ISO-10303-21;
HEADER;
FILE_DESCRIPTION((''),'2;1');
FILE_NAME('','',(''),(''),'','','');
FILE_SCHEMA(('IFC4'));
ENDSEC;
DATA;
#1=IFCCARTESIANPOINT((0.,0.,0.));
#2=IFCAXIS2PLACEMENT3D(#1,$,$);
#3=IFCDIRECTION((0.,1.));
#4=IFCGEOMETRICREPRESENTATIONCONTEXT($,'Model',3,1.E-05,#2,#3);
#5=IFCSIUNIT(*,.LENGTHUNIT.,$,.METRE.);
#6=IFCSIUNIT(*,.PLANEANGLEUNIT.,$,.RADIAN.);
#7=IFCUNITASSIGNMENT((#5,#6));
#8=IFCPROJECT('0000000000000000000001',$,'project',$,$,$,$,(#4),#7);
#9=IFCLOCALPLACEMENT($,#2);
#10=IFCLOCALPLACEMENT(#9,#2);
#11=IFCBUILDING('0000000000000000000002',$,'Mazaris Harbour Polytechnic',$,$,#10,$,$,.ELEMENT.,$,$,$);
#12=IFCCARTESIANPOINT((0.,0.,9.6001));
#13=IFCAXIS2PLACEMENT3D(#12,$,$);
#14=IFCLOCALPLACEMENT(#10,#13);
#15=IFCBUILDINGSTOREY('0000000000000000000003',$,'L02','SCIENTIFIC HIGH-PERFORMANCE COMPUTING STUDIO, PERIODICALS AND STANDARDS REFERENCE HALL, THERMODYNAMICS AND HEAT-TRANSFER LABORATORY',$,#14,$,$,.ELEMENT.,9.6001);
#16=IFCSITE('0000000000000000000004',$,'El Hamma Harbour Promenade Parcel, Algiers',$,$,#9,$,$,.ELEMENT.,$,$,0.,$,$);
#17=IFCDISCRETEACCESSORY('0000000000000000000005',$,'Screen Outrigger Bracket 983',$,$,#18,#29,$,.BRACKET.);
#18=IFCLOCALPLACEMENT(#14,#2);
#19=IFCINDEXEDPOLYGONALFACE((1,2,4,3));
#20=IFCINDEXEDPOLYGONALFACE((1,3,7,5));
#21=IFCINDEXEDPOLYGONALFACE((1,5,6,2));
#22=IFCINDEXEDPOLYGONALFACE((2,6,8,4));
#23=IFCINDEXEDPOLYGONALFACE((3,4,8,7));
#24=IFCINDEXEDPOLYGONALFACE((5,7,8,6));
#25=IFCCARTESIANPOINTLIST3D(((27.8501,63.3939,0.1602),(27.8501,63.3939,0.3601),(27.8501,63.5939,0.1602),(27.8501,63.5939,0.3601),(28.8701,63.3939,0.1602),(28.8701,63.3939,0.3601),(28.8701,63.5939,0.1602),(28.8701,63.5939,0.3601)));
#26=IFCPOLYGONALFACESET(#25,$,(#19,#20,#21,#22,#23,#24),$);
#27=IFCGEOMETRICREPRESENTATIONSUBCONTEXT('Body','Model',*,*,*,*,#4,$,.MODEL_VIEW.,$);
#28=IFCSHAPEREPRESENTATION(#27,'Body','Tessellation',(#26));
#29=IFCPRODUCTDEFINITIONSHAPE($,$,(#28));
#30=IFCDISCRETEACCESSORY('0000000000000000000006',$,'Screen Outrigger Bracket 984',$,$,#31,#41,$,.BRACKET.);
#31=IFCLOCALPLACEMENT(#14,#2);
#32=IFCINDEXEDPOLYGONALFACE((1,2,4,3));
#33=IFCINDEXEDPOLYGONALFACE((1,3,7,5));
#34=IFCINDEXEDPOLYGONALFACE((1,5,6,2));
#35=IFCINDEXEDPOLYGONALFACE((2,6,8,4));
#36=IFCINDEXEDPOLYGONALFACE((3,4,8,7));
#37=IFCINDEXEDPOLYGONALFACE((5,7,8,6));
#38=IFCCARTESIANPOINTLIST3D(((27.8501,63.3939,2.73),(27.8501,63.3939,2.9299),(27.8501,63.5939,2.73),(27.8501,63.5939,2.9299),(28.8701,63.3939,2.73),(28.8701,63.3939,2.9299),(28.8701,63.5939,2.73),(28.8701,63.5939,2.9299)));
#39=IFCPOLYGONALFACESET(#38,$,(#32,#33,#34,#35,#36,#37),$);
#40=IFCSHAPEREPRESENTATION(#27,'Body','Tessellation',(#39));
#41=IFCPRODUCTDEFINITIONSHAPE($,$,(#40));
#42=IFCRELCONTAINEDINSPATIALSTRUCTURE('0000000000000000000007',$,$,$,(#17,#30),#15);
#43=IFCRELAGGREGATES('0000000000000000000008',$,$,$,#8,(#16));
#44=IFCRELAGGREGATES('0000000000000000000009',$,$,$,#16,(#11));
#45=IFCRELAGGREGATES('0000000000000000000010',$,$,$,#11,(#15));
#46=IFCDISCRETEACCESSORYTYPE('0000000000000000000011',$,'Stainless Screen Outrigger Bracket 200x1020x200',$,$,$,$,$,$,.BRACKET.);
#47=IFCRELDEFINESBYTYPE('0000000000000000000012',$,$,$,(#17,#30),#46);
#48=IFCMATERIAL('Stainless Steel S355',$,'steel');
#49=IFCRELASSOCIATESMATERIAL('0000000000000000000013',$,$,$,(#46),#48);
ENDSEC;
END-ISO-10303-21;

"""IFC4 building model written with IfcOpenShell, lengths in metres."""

from ifc_helpers import new_model, si_unit, direction, frame, origin, origin_2d, place, context, subcontext, project, spatial, rectangle, extrude, material, type_object, element, save


model = new_model("IFC4")

# Units and contexts
model_context = context("Model", 3, precision=1e-05, world=origin(), true_north=direction((0.0, 1.0)))
body_context = subcontext(model_context, "Body", "Model", "MODEL_VIEW")
ifc_project = project(units=[si_unit("LENGTHUNIT", "METRE"), si_unit("PLANEANGLEUNIT", "RADIAN")], contexts=[model_context])

# Site, building, storey
site_placement = place(None, origin())
site = spatial("IfcSite", under=ifc_project, at=site_placement, Name="El Hamma Harbour Promenade Parcel, Algiers", CompositionType="ELEMENT", RefElevation=0.0)
building_placement = place(site_placement, origin())
building = spatial("IfcBuilding", under=site, at=building_placement, Name="Mazaris Harbour Polytechnic", CompositionType="ELEMENT")
storey_placement = place(building_placement, frame((0.0, 0.0, 9.6001)))
storey = spatial("IfcBuildingStorey", under=building, at=storey_placement, Name="L02", Description="SCIENTIFIC HIGH-PERFORMANCE COMPUTING STUDIO, PERIODICALS AND STANDARDS REFERENCE HALL, THERMODYNAMICS AND HEAT-TRANSFER LABORATORY", CompositionType="ELEMENT", Elevation=9.6001)

# Discrete accessories
ifc_material_1 = material(Name="Stainless Steel S355", Category="steel")
discrete_accessory_type = type_object("IfcDiscreteAccessoryType", Name="Stainless Screen Outrigger Bracket 200x1020x200", PredefinedType="BRACKET", material=ifc_material_1)
for number, where, z_axis, x_axis, name in (
    (1, (28.3601, 63.4939, 0.1602), (0.0, 0.0, 1.0), (0.0, -1.0, 0.0), "Screen Outrigger Bracket 983"),
    (2, (28.3601, 63.4939, 2.73), (0.0, 0.0, 1.0), (0.0, -1.0, 0.0), "Screen Outrigger Bracket 984"),
):
    element("IfcDiscreteAccessory", number, at=place(storey_placement, frame(where, z_axis=z_axis, x_axis=x_axis)), inside=storey, type_object=discrete_accessory_type, Name=name, PredefinedType="BRACKET", context=body_context, shape_type="SweptSolid", body=[
        extrude(rectangle(XDim=0.2, YDim=1.02, at=origin_2d()), origin(), (0.0, 0.0, 1.0), 0.2),
    ])

save(model, "model.ifc")
